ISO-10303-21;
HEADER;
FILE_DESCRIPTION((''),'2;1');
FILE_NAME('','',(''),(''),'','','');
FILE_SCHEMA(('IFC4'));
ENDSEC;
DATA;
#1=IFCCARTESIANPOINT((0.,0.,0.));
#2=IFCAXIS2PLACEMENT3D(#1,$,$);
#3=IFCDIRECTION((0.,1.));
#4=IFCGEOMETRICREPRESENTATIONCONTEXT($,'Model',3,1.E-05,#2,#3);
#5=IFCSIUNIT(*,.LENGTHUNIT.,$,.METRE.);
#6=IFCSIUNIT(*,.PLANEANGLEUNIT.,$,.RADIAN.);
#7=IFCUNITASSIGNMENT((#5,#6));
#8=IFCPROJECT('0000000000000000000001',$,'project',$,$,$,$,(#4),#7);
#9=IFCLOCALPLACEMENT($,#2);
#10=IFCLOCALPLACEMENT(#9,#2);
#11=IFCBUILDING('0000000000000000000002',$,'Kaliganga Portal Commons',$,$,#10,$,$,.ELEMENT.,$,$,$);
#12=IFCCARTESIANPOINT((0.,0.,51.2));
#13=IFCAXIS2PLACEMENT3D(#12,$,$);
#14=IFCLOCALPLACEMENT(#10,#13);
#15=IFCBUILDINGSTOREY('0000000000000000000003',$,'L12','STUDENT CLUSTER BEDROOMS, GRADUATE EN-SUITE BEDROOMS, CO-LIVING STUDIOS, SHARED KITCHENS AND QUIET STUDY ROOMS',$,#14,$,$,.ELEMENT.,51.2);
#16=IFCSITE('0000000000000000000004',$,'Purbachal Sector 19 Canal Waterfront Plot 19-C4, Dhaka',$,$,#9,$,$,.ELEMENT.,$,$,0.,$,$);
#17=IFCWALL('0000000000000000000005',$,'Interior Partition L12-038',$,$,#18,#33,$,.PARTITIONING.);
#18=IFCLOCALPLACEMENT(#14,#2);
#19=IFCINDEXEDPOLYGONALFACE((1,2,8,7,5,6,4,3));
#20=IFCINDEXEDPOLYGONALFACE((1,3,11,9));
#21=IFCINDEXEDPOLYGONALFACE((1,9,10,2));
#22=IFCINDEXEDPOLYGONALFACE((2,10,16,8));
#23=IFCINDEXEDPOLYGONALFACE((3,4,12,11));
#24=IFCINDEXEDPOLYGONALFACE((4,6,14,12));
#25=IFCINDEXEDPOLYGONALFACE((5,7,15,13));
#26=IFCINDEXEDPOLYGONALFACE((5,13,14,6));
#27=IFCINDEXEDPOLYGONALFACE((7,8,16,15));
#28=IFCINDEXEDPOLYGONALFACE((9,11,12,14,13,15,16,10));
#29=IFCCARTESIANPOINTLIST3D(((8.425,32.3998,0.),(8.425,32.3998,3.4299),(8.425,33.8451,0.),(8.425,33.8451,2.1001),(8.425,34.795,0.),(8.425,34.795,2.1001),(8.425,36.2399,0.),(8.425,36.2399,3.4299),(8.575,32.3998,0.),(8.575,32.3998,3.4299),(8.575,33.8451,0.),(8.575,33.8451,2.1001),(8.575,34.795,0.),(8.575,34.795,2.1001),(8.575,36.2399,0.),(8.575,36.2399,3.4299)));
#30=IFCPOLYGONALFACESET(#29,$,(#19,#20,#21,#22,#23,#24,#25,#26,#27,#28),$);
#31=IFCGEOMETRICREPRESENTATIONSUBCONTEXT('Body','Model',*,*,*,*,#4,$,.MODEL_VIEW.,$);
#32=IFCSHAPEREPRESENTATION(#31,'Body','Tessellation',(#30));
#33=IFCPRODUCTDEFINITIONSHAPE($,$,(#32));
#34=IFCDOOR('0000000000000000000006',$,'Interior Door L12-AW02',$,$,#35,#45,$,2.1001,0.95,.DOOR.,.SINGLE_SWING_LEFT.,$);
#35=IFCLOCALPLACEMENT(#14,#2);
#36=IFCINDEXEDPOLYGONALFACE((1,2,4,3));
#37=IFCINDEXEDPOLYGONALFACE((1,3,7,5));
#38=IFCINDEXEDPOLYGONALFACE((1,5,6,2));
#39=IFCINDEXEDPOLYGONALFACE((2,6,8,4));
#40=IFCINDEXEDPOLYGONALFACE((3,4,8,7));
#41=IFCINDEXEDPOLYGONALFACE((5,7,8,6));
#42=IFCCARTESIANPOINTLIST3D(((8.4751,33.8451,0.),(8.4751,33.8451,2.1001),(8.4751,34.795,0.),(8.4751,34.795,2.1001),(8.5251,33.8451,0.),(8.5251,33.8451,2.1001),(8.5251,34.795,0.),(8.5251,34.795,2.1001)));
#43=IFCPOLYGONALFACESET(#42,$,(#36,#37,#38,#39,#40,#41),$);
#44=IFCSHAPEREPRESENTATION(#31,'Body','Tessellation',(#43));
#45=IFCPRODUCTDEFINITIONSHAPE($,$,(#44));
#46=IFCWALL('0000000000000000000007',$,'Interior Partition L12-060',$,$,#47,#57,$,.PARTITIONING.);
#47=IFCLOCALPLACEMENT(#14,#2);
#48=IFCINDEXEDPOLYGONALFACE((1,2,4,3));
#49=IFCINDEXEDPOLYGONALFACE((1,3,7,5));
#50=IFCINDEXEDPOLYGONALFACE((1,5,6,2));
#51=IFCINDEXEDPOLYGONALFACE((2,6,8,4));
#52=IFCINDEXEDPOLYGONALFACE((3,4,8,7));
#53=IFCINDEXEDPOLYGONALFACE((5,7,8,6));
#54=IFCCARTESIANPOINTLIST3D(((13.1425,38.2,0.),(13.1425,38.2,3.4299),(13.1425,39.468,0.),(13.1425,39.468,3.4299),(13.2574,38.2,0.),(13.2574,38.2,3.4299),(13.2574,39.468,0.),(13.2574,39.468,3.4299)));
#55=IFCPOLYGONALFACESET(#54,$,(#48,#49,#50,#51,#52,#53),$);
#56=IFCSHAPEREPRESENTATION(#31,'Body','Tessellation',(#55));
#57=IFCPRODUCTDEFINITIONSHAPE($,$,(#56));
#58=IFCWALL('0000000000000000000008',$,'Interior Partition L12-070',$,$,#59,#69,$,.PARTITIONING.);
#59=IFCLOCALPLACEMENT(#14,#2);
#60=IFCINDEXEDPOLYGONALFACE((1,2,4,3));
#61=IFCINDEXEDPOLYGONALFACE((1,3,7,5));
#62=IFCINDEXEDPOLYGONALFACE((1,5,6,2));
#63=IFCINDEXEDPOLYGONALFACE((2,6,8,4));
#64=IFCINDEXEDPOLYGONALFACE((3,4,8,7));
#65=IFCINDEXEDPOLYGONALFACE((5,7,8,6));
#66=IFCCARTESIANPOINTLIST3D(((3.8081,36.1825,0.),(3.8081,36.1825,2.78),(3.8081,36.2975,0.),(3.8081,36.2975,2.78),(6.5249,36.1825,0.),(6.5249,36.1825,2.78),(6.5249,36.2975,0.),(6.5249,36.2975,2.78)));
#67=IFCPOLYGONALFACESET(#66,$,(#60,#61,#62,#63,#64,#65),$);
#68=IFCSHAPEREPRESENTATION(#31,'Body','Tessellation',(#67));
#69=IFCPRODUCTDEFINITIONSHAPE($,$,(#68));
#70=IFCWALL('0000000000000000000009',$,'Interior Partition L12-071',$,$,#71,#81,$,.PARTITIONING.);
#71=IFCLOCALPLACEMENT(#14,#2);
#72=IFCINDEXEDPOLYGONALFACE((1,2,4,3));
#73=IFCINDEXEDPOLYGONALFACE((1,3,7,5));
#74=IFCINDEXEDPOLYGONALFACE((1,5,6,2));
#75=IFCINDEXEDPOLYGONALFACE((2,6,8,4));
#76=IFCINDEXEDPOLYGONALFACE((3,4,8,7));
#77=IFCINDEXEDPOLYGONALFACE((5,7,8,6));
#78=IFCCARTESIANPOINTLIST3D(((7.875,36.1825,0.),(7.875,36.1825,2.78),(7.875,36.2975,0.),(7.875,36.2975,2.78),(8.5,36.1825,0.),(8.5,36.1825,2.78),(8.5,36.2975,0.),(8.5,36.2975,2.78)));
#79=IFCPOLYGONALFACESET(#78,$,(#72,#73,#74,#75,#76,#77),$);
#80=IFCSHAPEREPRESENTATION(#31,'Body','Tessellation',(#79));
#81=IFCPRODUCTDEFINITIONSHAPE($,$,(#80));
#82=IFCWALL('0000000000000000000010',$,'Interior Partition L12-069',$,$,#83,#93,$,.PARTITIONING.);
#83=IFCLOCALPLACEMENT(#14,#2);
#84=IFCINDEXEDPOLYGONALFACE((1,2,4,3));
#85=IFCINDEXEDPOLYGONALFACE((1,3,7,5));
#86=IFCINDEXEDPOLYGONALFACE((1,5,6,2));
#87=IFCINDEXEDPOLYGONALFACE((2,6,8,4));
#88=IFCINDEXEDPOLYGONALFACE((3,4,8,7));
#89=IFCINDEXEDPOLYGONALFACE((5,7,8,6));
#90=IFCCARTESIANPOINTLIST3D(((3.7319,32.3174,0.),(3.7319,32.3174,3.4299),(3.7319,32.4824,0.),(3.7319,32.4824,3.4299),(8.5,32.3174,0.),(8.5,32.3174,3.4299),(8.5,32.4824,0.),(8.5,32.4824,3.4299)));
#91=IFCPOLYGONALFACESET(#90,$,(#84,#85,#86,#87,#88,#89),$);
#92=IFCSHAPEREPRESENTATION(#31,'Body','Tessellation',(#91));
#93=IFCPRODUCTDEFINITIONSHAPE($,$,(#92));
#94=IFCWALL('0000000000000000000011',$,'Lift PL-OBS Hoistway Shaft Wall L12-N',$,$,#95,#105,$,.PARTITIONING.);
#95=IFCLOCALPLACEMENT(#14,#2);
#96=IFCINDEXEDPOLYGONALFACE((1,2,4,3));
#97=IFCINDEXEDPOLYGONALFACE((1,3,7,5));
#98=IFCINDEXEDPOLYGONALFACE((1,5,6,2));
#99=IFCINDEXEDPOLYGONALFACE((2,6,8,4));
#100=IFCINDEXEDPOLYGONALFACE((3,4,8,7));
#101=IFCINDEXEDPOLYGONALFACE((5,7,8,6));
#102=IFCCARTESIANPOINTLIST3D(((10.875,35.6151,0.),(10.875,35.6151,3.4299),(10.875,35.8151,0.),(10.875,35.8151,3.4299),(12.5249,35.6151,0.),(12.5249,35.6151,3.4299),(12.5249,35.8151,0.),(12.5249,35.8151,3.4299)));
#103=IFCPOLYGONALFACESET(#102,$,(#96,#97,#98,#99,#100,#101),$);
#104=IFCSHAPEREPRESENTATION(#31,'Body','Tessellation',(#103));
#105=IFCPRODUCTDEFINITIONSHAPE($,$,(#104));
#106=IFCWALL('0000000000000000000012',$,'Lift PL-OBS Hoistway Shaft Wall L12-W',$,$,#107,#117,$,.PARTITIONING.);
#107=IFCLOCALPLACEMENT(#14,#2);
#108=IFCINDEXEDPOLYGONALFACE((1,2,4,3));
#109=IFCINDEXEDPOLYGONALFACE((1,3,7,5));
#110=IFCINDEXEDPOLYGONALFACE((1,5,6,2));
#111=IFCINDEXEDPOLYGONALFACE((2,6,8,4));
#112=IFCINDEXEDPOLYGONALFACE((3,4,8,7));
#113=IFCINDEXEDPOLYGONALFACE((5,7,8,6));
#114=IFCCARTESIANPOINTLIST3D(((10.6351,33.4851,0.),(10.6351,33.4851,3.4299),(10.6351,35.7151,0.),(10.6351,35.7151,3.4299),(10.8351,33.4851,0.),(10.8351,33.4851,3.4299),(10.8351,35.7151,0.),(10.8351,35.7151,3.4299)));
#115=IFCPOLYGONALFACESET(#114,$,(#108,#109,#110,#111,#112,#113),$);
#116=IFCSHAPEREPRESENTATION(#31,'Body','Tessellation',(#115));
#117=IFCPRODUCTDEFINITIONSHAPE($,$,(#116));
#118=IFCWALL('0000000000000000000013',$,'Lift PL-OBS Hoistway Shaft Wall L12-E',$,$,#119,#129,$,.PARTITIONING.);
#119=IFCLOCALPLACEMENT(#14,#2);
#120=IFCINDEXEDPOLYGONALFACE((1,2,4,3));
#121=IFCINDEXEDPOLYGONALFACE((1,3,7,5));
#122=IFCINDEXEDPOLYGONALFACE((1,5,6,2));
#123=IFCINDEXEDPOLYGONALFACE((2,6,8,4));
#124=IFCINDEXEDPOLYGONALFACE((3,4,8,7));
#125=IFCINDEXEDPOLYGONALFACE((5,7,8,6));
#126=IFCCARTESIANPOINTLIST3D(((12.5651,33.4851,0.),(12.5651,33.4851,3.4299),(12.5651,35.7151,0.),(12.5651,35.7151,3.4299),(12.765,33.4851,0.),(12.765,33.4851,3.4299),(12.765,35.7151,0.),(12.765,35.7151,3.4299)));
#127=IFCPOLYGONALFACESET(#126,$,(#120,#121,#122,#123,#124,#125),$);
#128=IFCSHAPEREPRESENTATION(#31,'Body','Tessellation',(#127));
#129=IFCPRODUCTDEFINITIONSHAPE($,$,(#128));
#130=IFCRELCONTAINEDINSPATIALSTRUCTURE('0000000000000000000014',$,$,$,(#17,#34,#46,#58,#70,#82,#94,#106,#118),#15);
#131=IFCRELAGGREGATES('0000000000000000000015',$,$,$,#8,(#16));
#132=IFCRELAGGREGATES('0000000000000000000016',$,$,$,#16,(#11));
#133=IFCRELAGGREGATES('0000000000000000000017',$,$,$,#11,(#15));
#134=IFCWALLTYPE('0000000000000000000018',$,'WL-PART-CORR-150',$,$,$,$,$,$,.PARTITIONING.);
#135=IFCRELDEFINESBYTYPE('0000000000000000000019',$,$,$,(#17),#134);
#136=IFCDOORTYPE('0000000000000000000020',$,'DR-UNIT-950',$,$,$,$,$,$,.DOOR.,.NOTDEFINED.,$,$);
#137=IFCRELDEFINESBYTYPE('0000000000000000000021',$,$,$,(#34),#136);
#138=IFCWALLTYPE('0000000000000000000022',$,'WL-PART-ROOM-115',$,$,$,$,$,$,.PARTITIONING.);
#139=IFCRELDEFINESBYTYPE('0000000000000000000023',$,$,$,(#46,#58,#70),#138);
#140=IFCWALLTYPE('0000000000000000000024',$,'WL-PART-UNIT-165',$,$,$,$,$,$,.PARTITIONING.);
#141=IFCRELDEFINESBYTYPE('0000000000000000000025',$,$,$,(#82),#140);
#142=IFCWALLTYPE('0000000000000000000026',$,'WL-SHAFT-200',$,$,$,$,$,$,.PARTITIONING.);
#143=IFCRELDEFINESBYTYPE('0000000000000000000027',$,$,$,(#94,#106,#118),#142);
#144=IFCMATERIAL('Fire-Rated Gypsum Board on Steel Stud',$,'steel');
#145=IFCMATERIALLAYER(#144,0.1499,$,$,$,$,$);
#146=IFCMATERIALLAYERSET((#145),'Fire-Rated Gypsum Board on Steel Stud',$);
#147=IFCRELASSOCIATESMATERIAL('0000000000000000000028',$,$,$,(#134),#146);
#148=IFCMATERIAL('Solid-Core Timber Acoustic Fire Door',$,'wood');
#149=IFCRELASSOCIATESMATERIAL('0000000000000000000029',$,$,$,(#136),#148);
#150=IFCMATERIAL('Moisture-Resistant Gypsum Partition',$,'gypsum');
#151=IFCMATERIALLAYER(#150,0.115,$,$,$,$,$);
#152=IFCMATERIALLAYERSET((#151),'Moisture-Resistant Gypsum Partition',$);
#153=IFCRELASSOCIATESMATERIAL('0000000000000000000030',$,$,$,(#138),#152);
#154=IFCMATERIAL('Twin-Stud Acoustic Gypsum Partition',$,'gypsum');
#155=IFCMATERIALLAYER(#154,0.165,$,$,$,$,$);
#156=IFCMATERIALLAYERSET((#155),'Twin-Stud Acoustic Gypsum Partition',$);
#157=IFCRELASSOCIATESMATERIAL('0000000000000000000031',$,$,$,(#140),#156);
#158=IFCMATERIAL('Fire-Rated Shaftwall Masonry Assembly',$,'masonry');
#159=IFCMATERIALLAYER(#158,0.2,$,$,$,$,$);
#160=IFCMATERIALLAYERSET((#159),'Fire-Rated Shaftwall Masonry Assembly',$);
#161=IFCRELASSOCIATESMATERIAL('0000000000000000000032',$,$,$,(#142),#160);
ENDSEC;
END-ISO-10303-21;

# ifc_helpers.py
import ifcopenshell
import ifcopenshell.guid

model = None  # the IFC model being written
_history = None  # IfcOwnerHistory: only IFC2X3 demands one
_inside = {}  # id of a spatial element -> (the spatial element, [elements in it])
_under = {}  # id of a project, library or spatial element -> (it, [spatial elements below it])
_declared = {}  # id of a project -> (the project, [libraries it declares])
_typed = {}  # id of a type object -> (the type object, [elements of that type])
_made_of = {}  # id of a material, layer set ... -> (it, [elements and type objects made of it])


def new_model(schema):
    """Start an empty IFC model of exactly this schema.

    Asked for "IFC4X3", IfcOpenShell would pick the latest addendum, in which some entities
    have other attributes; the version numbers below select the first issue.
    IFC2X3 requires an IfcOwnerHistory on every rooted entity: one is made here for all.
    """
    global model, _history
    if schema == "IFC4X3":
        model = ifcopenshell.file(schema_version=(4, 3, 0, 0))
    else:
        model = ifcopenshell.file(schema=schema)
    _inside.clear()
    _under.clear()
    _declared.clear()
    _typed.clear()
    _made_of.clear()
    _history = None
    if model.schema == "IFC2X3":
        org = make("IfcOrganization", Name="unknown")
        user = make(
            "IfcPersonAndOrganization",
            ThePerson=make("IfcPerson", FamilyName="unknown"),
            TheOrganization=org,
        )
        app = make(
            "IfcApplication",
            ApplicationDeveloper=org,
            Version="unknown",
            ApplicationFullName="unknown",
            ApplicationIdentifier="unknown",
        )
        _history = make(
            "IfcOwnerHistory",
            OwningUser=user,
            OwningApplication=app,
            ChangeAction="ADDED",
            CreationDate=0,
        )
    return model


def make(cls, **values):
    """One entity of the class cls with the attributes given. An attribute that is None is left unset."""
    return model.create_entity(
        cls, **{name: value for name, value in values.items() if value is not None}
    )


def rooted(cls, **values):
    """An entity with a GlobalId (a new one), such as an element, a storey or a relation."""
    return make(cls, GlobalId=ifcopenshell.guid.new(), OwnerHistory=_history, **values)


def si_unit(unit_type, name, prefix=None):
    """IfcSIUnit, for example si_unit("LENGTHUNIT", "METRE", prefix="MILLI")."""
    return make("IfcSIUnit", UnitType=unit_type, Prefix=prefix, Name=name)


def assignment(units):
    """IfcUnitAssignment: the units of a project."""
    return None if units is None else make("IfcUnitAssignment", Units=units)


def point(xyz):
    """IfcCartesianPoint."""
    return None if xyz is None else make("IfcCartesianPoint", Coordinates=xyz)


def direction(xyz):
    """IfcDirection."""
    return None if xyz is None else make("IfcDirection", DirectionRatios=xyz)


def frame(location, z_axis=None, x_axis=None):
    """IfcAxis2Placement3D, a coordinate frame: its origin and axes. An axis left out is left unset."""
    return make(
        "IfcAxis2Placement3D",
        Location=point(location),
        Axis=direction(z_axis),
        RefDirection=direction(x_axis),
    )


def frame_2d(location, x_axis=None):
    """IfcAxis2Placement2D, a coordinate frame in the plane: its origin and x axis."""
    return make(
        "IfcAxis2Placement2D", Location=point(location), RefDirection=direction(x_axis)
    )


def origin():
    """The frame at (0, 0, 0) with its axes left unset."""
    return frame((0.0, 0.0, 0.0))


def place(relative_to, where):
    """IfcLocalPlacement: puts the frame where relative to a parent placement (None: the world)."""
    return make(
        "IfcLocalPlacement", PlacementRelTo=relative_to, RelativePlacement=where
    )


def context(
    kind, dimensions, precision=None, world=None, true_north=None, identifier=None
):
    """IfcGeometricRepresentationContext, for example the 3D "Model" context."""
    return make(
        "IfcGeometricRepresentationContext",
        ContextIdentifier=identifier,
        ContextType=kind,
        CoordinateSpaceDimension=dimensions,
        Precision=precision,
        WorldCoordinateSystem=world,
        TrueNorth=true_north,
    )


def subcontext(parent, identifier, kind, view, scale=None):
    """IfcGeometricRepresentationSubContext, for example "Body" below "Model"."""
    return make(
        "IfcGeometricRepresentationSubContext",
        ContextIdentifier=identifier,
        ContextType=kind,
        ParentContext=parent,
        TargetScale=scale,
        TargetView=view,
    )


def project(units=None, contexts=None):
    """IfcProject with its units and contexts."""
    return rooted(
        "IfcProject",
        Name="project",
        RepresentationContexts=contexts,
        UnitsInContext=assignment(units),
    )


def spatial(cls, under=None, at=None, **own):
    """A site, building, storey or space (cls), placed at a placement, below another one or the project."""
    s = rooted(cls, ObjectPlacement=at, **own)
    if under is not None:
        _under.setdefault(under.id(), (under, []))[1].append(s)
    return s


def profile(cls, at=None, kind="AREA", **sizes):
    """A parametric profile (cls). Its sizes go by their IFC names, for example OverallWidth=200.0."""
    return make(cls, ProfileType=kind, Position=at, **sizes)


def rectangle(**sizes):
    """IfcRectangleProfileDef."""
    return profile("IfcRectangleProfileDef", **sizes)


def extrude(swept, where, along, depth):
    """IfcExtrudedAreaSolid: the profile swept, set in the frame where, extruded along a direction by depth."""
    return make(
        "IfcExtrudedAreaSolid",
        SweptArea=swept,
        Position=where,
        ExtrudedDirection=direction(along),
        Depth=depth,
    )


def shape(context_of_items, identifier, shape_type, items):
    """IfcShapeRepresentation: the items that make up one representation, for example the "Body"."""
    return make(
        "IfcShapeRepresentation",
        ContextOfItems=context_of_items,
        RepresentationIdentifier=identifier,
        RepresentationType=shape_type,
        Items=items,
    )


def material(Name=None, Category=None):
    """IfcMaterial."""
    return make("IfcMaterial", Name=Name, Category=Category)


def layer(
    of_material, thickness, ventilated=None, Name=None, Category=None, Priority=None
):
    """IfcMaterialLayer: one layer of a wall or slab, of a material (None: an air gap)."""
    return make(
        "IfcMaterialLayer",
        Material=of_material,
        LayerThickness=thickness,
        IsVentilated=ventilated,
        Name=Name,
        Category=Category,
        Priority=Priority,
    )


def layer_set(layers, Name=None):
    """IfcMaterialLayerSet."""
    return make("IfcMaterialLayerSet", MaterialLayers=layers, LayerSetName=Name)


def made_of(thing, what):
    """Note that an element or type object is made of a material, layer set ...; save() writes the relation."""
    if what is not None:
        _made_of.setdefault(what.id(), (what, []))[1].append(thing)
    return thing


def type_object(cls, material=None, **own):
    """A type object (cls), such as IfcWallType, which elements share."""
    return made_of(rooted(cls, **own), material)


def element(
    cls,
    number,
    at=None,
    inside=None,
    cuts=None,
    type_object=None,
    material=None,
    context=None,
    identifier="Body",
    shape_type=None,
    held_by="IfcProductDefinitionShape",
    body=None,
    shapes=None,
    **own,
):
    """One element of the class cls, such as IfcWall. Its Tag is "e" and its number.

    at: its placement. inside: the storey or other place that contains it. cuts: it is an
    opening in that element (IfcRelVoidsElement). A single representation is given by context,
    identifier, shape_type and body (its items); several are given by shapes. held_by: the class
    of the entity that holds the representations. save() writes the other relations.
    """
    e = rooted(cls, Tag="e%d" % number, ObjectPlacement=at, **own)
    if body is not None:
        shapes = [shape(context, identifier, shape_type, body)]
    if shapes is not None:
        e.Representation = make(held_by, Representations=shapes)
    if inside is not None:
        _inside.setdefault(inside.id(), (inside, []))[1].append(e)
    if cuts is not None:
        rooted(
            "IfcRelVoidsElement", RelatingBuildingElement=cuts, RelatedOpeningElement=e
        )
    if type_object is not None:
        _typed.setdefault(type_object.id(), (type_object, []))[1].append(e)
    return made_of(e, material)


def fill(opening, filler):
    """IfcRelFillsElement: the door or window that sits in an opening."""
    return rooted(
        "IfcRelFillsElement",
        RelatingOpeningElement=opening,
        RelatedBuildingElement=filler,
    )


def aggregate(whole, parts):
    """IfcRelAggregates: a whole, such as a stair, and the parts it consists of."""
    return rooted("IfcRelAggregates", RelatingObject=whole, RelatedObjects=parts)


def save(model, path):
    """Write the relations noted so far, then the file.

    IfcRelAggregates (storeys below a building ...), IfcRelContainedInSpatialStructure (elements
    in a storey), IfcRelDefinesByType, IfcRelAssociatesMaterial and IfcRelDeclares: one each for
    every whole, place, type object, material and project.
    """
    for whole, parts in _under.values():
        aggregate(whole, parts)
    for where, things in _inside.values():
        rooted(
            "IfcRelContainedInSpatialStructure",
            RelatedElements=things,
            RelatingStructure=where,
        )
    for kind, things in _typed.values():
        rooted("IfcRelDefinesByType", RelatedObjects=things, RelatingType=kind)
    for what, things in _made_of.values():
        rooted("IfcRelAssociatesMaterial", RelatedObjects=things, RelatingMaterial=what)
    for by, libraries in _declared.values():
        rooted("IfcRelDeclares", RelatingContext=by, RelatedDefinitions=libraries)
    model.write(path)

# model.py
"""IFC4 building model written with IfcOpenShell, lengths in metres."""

from ifc_helpers import new_model, si_unit, direction, frame, frame_2d, origin, place, context, subcontext, project, spatial, rectangle, extrude, material, layer, layer_set, type_object, element, fill, save


model = new_model("IFC4")

# Units and contexts
model_context = context("Model", 3, precision=1e-05, world=origin(), true_north=direction((0.0, 1.0)))
body_context = subcontext(model_context, "Body", "Model", "MODEL_VIEW")
ifc_project = project(units=[si_unit("LENGTHUNIT", "METRE"), si_unit("PLANEANGLEUNIT", "RADIAN")], contexts=[model_context])

# Site, building, storey
site_placement = place(None, origin())
site = spatial("IfcSite", under=ifc_project, at=site_placement, Name="Purbachal Sector 19 Canal Waterfront Plot 19-C4, Dhaka", CompositionType="ELEMENT", RefElevation=0.0)
building_placement = place(site_placement, origin())
building = spatial("IfcBuilding", under=site, at=building_placement, Name="Kaliganga Portal Commons", CompositionType="ELEMENT")
storey_placement = place(building_placement, frame((0.0, 0.0, 51.2)))
storey = spatial("IfcBuildingStorey", under=building, at=storey_placement, Name="L12", Description="STUDENT CLUSTER BEDROOMS, GRADUATE EN-SUITE BEDROOMS, CO-LIVING STUDIOS, SHARED KITCHENS AND QUIET STUDY ROOMS", CompositionType="ELEMENT", Elevation=51.2)

# Wall, opening, door
ifc_material_1 = material(Name="Fire-Rated Gypsum Board on Steel Stud", Category="steel")
ifc_layer_1 = layer(ifc_material_1, 0.1499)
ifc_layer_set_1 = layer_set([ifc_layer_1], Name="Fire-Rated Gypsum Board on Steel Stud")
wall_type_1 = type_object("IfcWallType", Name="WL-PART-CORR-150", PredefinedType="PARTITIONING", material=ifc_layer_set_1)
ifc_material_2 = material(Name="Solid-Core Timber Acoustic Fire Door", Category="wood")
door_type_1 = type_object("IfcDoorType", Name="DR-UNIT-950", OperationType="NOTDEFINED", PredefinedType="DOOR", material=ifc_material_2)
wall_1_placement = place(storey_placement, frame((8.5, 32.3999, 0.0), z_axis=(0.0, 0.0, 1.0), x_axis=(0.0, 1.0, 0.0)))
wall_1 = element("IfcWall", 1, at=wall_1_placement, inside=storey, type_object=wall_type_1, Name="Interior Partition L12-038", PredefinedType="PARTITIONING", context=body_context, shape_type="SweptSolid", body=[
    extrude(rectangle(XDim=3.8401, YDim=0.1499, at=frame_2d((1.9199, 0.0))), origin(), (0.0, 0.0, 1.0), 3.4299),
])
opening_1_placement = place(wall_1_placement, frame((1.4451, 0.0, 0.0)))
opening_1 = element("IfcOpeningElement", 2, at=opening_1_placement, cuts=wall_1, PredefinedType="OPENING", context=body_context, shape_type="SweptSolid", body=[
    extrude(rectangle(XDim=0.95, YDim=2.1001, at=frame_2d((0.4751, 1.05))), frame((0.0, 0.085, 0.0), z_axis=(0.0, -1.0, 0.0), x_axis=(1.0, 0.0, 0.0)), (0.0, 0.0, 1.0), 0.1699),
])
door_1_placement = place(opening_1_placement, origin())
door_1 = element("IfcDoor", 3, at=door_1_placement, inside=storey, type_object=door_type_1, Name="Interior Door L12-AW02", OperationType="SINGLE_SWING_LEFT", OverallHeight=2.1001, OverallWidth=0.95, PredefinedType="DOOR", context=body_context, shape_type="SweptSolid", body=[
    extrude(rectangle(XDim=0.95, YDim=2.1001, at=frame_2d((0.4751, 1.05))), frame((0.0, 0.0249, 0.0), z_axis=(0.0, -1.0, 0.0), x_axis=(1.0, 0.0, 0.0)), (0.0, 0.0, 1.0), 0.05),
])
fill(opening_1, door_1)

# Walls
ifc_material_3 = material(Name="Moisture-Resistant Gypsum Partition", Category="gypsum")
ifc_layer_2 = layer(ifc_material_3, 0.115)
ifc_layer_set_2 = layer_set([ifc_layer_2], Name="Moisture-Resistant Gypsum Partition")
wall_type_2 = type_object("IfcWallType", Name="WL-PART-ROOM-115", PredefinedType="PARTITIONING", material=ifc_layer_set_2)
wall_2_placement = place(storey_placement, frame((13.2, 38.2, 0.0), z_axis=(0.0, 0.0, 1.0), x_axis=(0.0, 1.0, 0.0)))
element("IfcWall", 4, at=wall_2_placement, inside=storey, type_object=wall_type_2, Name="Interior Partition L12-060", PredefinedType="PARTITIONING", context=body_context, shape_type="SweptSolid", body=[
    extrude(rectangle(XDim=1.2681, YDim=0.115, at=frame_2d((0.634, 0.0))), origin(), (0.0, 0.0, 1.0), 3.4299),
])
wall_3_placement = place(storey_placement, frame((3.8081, 36.24, 0.0), z_axis=(0.0, 0.0, 1.0), x_axis=(1.0, 0.0, 0.0)))
element("IfcWall", 5, at=wall_3_placement, inside=storey, type_object=wall_type_2, Name="Interior Partition L12-070", PredefinedType="PARTITIONING", context=body_context, shape_type="SweptSolid", body=[
    extrude(rectangle(XDim=2.7168, YDim=0.115, at=frame_2d((1.3584, 0.0))), origin(), (0.0, 0.0, 1.0), 2.78),
])
wall_4_placement = place(storey_placement, frame((7.875, 36.24, 0.0), z_axis=(0.0, 0.0, 1.0), x_axis=(1.0, 0.0, 0.0)))
element("IfcWall", 6, at=wall_4_placement, inside=storey, type_object=wall_type_2, Name="Interior Partition L12-071", PredefinedType="PARTITIONING", context=body_context, shape_type="SweptSolid", body=[
    extrude(rectangle(XDim=0.625, YDim=0.115, at=frame_2d((0.3125, 0.0))), origin(), (0.0, 0.0, 1.0), 2.78),
])
ifc_material_4 = material(Name="Twin-Stud Acoustic Gypsum Partition", Category="gypsum")
ifc_layer_3 = layer(ifc_material_4, 0.165)
ifc_layer_set_3 = layer_set([ifc_layer_3], Name="Twin-Stud Acoustic Gypsum Partition")
wall_type_3 = type_object("IfcWallType", Name="WL-PART-UNIT-165", PredefinedType="PARTITIONING", material=ifc_layer_set_3)
wall_5_placement = place(storey_placement, frame((3.7319, 32.3999, 0.0), z_axis=(0.0, 0.0, 1.0), x_axis=(1.0, 0.0, 0.0)))
element("IfcWall", 7, at=wall_5_placement, inside=storey, type_object=wall_type_3, Name="Interior Partition L12-069", PredefinedType="PARTITIONING", context=body_context, shape_type="SweptSolid", body=[
    extrude(rectangle(XDim=4.7681, YDim=0.165, at=frame_2d((2.384, 0.0))), origin(), (0.0, 0.0, 1.0), 3.4299),
])

# Shared definitions
ifc_material_5 = material(Name="Fire-Rated Shaftwall Masonry Assembly", Category="masonry")
ifc_layer_4 = layer(ifc_material_5, 0.2)
ifc_layer_set_4 = layer_set([ifc_layer_4], Name="Fire-Rated Shaftwall Masonry Assembly")
wall_type_4 = type_object("IfcWallType", Name="WL-SHAFT-200", PredefinedType="PARTITIONING", material=ifc_layer_set_4)

# Walls
wall_6_placement = place(storey_placement, frame((10.875, 35.7151, 0.0), z_axis=(0.0, 0.0, 1.0), x_axis=(1.0, 0.0, 0.0)))
element("IfcWall", 8, at=wall_6_placement, inside=storey, type_object=wall_type_4, Name="Lift PL-OBS Hoistway Shaft Wall L12-N", PredefinedType="PARTITIONING", context=body_context, shape_type="SweptSolid", body=[
    extrude(rectangle(XDim=1.6499, YDim=0.2, at=frame_2d((0.825, 0.0))), origin(), (0.0, 0.0, 1.0), 3.4299),
])
for number, where, z_axis, x_axis, name in (
    (9, (10.7351, 33.4851, 0.0), (0.0, 0.0, 1.0), (0.0, 1.0, 0.0), "Lift PL-OBS Hoistway Shaft Wall L12-W"),
    (10, (12.665, 33.4851, 0.0), (0.0, 0.0, 1.0), (0.0, 1.0, 0.0), "Lift PL-OBS Hoistway Shaft Wall L12-E"),
):
    element("IfcWall", number, at=place(storey_placement, frame(where, z_axis=z_axis, x_axis=x_axis)), inside=storey, type_object=wall_type_4, Name=name, PredefinedType="PARTITIONING", context=body_context, shape_type="SweptSolid", body=[
        extrude(rectangle(XDim=2.23, YDim=0.2, at=frame_2d((1.115, 0.0))), origin(), (0.0, 0.0, 1.0), 3.4299),
    ])

save(model, "model.ifc")
